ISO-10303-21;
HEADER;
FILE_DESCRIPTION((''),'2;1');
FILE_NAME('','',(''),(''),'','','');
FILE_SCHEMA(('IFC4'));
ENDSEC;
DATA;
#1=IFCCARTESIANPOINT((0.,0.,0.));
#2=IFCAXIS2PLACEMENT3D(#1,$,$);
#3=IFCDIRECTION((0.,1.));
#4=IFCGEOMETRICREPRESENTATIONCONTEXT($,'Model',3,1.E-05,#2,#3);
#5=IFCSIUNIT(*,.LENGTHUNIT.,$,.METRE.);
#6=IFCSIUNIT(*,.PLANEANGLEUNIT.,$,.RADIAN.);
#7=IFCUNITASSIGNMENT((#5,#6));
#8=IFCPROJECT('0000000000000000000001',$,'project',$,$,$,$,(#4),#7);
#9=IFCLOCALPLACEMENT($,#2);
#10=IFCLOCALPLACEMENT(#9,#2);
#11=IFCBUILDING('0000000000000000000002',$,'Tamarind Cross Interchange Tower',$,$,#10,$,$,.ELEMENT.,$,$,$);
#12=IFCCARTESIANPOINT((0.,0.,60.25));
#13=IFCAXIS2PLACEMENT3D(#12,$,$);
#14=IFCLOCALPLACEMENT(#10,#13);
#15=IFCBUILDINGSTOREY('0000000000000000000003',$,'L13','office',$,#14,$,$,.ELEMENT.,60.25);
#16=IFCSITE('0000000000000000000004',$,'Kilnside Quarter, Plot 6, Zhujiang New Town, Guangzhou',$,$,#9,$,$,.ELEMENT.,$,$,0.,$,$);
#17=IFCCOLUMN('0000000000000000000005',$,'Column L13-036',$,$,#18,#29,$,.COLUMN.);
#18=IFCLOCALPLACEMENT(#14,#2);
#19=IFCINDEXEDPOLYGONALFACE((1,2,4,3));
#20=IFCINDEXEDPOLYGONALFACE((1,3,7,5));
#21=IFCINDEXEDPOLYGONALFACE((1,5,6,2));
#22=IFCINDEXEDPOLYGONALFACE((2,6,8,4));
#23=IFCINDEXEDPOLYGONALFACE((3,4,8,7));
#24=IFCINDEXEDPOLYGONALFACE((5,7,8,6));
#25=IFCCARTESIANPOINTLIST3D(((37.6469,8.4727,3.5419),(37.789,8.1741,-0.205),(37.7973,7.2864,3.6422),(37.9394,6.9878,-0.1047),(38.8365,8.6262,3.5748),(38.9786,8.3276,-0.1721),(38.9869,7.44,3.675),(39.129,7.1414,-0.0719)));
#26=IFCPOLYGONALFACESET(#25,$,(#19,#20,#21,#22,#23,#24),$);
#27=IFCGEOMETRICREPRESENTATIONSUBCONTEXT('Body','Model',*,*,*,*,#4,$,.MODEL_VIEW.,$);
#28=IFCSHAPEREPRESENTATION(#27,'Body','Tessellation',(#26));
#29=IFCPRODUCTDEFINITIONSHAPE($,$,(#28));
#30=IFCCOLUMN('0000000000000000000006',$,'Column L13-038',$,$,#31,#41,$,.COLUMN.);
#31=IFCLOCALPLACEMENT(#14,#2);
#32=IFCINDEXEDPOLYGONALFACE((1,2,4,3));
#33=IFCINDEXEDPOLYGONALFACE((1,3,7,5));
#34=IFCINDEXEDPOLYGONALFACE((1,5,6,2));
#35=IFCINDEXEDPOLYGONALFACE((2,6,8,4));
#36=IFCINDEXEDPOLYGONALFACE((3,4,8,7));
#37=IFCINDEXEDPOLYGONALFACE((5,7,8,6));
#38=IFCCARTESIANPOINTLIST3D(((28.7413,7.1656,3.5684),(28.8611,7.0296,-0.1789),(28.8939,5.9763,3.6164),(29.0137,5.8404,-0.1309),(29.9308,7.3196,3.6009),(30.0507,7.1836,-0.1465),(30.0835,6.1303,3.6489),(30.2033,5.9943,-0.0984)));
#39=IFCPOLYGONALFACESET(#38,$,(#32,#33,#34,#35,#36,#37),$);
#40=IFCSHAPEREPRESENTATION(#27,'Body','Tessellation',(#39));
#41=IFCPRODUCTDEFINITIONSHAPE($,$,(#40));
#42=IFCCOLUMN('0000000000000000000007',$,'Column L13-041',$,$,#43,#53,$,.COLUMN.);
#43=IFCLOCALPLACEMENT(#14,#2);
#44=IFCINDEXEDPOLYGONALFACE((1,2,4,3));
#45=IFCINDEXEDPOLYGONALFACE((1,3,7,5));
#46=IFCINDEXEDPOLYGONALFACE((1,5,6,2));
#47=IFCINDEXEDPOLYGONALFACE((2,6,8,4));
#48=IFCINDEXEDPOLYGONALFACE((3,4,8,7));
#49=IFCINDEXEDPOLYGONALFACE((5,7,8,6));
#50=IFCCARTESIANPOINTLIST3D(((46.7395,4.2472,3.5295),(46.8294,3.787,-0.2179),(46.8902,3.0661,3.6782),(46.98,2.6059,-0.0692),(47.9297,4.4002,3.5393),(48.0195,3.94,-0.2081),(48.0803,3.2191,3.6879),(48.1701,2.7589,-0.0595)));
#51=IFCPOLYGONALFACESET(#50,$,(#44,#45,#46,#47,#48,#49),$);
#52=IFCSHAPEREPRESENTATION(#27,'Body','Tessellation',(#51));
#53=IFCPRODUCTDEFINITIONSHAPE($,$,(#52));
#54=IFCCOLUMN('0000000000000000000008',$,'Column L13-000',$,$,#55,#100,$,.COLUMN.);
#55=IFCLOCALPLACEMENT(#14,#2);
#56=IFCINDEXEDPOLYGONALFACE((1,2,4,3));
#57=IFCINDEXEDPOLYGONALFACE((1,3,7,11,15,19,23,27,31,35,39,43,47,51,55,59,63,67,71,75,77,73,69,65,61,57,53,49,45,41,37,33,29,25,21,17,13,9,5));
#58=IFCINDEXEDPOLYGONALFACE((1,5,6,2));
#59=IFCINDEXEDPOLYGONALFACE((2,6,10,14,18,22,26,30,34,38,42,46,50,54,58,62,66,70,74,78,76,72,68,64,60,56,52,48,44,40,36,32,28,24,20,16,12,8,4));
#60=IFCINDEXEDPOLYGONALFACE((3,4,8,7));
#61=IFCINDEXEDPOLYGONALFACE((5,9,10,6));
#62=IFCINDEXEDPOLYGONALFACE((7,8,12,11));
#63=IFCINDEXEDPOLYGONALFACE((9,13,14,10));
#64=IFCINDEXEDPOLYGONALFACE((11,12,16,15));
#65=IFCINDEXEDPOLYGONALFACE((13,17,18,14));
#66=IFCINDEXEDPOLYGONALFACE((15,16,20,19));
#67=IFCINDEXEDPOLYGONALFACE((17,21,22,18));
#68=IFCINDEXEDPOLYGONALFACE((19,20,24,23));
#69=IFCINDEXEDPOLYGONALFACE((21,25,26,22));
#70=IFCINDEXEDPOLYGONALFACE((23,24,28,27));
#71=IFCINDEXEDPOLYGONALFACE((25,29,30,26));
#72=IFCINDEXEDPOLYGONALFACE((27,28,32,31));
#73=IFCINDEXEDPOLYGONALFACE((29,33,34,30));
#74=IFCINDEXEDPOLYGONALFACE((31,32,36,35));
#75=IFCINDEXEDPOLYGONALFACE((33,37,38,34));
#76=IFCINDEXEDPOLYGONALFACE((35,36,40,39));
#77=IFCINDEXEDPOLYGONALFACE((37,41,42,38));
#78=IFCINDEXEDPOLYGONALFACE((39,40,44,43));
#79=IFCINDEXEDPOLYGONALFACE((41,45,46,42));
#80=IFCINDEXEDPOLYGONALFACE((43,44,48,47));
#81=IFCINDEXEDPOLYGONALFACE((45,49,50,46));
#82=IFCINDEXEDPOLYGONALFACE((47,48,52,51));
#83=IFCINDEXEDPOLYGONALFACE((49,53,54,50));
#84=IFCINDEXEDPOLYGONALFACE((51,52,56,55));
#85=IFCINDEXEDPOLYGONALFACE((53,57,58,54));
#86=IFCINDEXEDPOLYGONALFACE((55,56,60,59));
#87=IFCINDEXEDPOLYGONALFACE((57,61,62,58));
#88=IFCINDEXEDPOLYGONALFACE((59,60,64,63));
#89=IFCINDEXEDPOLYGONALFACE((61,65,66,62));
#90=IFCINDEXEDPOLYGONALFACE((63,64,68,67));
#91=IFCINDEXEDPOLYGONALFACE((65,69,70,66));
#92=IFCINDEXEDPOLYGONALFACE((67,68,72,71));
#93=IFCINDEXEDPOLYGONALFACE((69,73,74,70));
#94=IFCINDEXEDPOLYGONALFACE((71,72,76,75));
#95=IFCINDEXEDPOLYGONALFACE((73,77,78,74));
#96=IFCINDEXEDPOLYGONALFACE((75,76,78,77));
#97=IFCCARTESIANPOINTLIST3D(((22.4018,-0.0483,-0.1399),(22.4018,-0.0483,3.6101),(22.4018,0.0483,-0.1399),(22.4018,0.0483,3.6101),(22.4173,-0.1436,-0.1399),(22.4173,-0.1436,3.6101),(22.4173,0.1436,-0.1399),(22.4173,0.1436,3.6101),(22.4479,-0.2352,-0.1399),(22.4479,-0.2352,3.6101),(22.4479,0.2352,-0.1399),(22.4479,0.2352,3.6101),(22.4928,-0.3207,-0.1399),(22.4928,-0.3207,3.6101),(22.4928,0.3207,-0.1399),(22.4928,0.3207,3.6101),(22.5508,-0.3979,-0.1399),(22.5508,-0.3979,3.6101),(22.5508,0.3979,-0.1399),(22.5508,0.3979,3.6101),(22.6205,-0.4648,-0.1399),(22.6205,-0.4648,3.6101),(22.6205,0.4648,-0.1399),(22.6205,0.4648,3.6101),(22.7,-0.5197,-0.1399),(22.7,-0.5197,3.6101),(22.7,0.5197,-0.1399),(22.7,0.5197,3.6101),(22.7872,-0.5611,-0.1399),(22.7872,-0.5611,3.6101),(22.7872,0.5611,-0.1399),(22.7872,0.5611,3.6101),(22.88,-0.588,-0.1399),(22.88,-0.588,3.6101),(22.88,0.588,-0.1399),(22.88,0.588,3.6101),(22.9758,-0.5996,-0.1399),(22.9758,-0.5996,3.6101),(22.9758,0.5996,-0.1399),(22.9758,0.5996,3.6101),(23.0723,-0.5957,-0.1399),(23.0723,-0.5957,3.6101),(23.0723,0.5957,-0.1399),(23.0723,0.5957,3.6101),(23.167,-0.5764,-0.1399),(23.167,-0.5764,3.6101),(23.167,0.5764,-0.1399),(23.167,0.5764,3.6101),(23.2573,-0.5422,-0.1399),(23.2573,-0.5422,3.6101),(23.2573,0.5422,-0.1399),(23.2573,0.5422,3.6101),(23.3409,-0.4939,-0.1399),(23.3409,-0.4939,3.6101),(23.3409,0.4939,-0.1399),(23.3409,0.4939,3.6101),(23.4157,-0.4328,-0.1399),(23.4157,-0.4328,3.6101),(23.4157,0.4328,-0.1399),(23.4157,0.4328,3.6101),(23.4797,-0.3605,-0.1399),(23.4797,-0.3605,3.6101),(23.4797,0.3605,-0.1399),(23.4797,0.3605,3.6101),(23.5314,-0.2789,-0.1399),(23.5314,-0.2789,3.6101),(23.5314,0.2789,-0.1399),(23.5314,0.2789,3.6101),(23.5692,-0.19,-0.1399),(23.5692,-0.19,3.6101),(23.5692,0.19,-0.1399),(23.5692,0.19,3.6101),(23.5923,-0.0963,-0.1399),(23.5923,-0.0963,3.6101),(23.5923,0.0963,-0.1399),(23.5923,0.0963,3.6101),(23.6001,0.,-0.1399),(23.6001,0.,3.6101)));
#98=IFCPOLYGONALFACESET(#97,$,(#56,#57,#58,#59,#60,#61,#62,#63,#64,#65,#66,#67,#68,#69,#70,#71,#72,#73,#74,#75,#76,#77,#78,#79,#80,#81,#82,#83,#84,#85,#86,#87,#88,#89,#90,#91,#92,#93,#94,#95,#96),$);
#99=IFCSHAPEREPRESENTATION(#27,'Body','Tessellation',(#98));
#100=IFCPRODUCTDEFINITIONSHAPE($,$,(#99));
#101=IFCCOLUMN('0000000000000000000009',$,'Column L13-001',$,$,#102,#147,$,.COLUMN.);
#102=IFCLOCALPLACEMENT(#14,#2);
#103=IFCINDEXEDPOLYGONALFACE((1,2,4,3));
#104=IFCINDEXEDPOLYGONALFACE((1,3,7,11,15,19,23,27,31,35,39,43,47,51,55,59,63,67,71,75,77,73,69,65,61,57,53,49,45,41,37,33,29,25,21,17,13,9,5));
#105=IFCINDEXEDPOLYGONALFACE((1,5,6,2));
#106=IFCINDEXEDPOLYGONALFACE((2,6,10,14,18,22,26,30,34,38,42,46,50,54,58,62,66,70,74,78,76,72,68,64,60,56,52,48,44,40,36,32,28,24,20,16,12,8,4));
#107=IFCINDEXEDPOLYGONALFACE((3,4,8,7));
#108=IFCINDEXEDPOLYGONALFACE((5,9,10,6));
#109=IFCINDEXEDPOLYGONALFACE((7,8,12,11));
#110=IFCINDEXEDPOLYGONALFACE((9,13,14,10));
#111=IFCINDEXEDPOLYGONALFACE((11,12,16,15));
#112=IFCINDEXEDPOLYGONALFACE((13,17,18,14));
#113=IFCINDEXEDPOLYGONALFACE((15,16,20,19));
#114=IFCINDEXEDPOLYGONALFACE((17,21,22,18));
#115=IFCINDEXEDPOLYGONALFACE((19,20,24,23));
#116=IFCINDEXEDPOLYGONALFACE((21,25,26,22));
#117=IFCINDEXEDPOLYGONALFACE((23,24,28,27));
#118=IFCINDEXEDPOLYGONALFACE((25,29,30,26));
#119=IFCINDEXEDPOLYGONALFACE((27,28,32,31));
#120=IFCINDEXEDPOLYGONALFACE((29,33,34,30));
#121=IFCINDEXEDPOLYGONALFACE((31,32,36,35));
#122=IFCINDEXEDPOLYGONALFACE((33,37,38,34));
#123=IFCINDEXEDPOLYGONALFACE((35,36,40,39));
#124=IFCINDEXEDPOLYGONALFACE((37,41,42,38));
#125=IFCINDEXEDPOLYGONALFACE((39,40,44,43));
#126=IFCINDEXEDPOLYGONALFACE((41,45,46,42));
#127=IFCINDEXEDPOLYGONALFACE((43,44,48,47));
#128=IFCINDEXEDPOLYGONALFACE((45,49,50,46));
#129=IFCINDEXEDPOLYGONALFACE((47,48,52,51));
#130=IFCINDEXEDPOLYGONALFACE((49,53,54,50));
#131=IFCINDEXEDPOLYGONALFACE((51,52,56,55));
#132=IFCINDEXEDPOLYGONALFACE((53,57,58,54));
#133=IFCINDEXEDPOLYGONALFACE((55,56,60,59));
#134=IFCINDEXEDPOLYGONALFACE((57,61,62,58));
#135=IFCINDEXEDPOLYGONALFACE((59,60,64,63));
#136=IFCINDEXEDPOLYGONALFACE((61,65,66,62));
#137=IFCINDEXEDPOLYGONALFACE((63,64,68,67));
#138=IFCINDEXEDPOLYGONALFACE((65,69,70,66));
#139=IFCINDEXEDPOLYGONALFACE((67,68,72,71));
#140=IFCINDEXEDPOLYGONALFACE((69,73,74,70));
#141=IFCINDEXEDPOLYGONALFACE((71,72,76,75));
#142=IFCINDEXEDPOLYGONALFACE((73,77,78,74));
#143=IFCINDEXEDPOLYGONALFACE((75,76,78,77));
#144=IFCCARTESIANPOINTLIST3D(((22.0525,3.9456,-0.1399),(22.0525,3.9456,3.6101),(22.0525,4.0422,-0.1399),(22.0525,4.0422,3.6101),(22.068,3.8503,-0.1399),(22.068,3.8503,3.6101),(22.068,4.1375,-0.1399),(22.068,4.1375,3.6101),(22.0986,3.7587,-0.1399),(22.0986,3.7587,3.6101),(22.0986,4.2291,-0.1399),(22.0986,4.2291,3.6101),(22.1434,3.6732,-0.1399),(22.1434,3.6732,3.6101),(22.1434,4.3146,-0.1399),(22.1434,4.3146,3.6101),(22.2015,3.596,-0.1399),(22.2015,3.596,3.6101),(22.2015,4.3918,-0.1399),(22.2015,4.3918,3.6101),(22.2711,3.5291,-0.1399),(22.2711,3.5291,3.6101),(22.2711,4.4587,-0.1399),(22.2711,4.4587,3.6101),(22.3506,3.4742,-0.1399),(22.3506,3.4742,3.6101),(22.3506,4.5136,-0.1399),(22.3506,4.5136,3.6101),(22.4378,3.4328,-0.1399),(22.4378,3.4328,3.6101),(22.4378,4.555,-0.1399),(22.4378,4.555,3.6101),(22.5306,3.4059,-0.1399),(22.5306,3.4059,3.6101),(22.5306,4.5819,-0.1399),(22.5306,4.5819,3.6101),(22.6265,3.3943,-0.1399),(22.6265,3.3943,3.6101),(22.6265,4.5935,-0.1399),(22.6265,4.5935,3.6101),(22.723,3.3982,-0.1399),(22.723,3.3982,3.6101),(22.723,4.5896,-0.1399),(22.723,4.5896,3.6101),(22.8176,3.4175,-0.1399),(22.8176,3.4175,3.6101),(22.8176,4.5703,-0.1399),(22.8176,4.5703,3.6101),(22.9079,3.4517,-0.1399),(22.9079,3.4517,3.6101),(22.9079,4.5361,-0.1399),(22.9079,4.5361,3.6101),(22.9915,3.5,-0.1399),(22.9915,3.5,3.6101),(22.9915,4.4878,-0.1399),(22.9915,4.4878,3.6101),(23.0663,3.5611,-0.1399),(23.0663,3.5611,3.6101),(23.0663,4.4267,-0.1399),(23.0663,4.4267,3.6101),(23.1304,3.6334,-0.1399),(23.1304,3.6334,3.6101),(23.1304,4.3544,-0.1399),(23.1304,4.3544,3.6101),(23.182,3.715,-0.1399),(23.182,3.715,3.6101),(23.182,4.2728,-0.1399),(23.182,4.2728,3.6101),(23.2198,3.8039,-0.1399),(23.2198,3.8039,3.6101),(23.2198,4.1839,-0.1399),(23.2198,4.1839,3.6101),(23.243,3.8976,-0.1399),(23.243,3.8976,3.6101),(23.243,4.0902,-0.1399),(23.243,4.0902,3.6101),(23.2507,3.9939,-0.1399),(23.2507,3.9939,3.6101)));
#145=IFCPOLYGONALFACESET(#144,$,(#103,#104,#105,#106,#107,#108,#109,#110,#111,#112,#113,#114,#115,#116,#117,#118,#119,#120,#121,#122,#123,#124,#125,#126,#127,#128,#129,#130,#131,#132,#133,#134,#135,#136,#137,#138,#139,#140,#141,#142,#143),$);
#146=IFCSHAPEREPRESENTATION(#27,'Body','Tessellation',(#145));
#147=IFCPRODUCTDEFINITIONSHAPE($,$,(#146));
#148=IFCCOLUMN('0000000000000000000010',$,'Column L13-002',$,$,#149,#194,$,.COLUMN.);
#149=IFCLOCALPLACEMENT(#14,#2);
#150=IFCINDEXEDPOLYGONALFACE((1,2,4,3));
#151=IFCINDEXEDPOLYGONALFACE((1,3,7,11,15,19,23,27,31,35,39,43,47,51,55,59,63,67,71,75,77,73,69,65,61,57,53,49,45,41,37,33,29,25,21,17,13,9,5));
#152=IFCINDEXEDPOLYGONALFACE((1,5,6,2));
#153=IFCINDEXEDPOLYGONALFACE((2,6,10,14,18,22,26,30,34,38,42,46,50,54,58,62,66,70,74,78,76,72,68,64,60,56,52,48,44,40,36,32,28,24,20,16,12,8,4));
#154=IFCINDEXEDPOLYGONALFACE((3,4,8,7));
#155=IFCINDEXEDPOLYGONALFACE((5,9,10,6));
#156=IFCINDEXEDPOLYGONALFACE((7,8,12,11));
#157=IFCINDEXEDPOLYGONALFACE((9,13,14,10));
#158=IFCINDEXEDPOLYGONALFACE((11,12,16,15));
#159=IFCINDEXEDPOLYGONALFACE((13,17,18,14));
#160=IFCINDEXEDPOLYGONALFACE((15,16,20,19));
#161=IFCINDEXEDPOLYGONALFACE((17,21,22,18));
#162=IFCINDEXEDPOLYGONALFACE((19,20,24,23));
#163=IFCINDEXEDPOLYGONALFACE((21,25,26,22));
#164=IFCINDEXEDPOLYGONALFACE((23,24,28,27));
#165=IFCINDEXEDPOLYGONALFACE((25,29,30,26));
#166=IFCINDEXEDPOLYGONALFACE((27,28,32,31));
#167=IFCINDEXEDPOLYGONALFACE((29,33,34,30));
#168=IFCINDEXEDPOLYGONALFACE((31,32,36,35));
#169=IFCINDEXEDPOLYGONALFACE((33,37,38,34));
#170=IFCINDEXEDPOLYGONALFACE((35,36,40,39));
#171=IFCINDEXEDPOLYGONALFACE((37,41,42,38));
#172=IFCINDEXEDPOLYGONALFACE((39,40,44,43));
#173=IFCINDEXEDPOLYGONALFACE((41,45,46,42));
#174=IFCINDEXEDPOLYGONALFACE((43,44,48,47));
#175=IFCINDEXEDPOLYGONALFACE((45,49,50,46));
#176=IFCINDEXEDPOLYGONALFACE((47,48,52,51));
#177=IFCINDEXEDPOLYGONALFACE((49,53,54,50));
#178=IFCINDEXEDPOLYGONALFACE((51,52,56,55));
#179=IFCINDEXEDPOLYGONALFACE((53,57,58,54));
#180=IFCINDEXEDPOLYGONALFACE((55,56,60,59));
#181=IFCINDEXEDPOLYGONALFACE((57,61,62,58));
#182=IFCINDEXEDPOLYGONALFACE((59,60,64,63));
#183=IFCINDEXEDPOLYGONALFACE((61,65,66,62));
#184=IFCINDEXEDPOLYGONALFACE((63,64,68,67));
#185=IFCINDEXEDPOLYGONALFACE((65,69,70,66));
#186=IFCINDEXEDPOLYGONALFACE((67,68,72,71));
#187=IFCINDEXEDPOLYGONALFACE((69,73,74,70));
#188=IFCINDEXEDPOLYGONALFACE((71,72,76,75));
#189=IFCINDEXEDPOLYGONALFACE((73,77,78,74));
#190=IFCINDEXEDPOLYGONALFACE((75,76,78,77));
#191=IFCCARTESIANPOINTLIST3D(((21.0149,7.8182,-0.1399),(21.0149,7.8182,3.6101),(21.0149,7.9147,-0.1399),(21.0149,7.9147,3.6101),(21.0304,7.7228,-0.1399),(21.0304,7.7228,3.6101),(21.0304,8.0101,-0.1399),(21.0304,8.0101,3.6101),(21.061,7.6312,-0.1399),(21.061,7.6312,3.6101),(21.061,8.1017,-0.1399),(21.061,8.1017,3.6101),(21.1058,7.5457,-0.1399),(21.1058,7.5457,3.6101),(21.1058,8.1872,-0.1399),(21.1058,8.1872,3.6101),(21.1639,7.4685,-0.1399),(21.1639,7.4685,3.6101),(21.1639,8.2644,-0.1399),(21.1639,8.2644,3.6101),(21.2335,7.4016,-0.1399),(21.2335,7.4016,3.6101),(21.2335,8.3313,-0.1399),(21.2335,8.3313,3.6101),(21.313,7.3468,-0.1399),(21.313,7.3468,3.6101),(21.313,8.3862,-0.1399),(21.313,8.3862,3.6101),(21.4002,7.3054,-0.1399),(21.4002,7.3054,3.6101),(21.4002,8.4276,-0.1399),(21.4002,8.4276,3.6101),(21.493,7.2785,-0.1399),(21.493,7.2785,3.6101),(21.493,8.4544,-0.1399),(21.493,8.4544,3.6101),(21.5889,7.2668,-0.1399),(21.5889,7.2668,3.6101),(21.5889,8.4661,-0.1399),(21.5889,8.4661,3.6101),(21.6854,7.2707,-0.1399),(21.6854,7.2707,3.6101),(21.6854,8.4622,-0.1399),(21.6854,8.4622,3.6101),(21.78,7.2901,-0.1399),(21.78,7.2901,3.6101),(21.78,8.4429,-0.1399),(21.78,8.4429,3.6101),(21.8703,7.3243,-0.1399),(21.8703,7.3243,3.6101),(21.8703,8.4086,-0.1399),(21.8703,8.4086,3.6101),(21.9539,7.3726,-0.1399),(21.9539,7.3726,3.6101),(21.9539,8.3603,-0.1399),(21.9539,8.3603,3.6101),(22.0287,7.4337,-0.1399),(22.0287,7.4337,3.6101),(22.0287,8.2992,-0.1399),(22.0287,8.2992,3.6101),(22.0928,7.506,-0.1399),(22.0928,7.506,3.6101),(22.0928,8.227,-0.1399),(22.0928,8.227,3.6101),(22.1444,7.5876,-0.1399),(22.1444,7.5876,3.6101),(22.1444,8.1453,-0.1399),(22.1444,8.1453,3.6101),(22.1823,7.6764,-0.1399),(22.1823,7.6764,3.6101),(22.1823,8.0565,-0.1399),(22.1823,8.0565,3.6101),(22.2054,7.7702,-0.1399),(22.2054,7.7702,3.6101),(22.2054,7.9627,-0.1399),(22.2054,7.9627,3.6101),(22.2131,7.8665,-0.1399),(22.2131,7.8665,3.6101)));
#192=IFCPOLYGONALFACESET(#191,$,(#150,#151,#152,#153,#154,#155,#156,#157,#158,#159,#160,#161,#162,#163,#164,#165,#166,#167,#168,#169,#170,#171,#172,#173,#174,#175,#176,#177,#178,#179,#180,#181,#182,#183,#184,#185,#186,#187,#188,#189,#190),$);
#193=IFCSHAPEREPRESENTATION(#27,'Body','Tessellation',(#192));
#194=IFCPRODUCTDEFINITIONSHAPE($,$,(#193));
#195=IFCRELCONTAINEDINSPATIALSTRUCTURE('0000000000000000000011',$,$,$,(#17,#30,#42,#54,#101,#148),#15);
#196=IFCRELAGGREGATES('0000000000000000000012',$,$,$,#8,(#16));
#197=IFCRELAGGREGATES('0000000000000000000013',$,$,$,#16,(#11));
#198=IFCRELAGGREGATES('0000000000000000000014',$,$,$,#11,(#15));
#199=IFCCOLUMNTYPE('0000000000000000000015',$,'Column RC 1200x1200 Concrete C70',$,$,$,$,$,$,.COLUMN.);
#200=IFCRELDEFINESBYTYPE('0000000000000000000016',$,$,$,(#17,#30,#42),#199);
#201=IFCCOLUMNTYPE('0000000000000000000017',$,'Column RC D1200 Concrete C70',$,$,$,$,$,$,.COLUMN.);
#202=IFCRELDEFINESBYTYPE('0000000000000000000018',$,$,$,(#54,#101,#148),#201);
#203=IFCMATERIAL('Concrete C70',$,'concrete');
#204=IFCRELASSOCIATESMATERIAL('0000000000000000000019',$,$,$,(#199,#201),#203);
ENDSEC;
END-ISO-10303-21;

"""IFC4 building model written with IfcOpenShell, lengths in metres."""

from ifc_helpers import new_model, si_unit, direction, frame, origin, origin_2d, place, context, subcontext, project, spatial, rectangle, circle, extrude, material, material_profile, profile_set, type_object, element, save


model = new_model("IFC4")

# Units and contexts
model_context = context("Model", 3, precision=1e-05, world=origin(), true_north=direction((0.0, 1.0)))
body_context = subcontext(model_context, "Body", "Model", "MODEL_VIEW")
ifc_project = project(units=[si_unit("LENGTHUNIT", "METRE"), si_unit("PLANEANGLEUNIT", "RADIAN")], contexts=[model_context])

# Site, building, storey
site_placement = place(None, origin())
site = spatial("IfcSite", under=ifc_project, at=site_placement, Name="Kilnside Quarter, Plot 6, Zhujiang New Town, Guangzhou", CompositionType="ELEMENT", RefElevation=0.0)
building_placement = place(site_placement, origin())
building = spatial("IfcBuilding", under=site, at=building_placement, Name="Tamarind Cross Interchange Tower", CompositionType="ELEMENT")
storey_placement = place(building_placement, frame((0.0, 0.0, 60.25)))
storey = spatial("IfcBuildingStorey", under=building, at=storey_placement, Name="L13", Description="office", CompositionType="ELEMENT", Elevation=60.25)

# Columns
ifc_material_1 = material(Name="Concrete C70", Category="concrete")
ifc_material_profile_1 = material_profile(ifc_material_1, rectangle(XDim=1.2, YDim=1.2, at=origin_2d()), Name="RC 1200x1200")
ifc_profile_set_1 = profile_set([ifc_material_profile_1], Name="Concrete C70")
column_type_1 = type_object("IfcColumnType", Name="Column RC 1200x1200 Concrete C70", PredefinedType="COLUMN", material=ifc_profile_set_1)
column_1_placement = place(storey_placement, frame((38.459, 7.6577, -0.1384), z_axis=(-0.037776, 0.079381, 0.996128), x_axis=(0.12531, -0.988595, 0.083533)))
element("IfcColumn", 1, at=column_1_placement, inside=storey, type_object=column_type_1, Name="Column L13-036", PredefinedType="COLUMN", context=body_context, shape_type="SweptSolid", body=[
    extrude(rectangle(XDim=1.2, YDim=1.2, at=origin_2d()), origin(), (0.0, 0.0, 1.0), 3.7615),
])
column_2_placement = place(storey_placement, frame((29.5322, 6.512, -0.1387), z_axis=(-0.031952, 0.036247, 0.998832), x_axis=(0.127179, -0.991072, 0.040033)))
element("IfcColumn", 2, at=column_2_placement, inside=storey, type_object=column_type_1, Name="Column L13-038", PredefinedType="COLUMN", context=body_context, shape_type="SweptSolid", body=[
    extrude(rectangle(XDim=1.2, YDim=1.2, at=origin_2d()), origin(), (0.0, 0.0, 1.0), 3.7517),
])
column_3_placement = place(storey_placement, frame((47.4998, 3.2729, -0.1387), z_axis=(-0.02379, 0.121859, 0.992262), x_axis=(0.125528, -0.984324, 0.123894)))
element("IfcColumn", 3, at=column_3_placement, inside=storey, type_object=column_type_1, Name="Column L13-041", PredefinedType="COLUMN", context=body_context, shape_type="SweptSolid", body=[
    extrude(rectangle(XDim=1.2, YDim=1.2, at=origin_2d()), origin(), (0.0, 0.0, 1.0), 3.7766),
])
ifc_material_profile_2 = material_profile(ifc_material_1, circle(Radius=0.6001, at=origin_2d()), Name="RC D1200")
ifc_profile_set_2 = profile_set([ifc_material_profile_2], Name="Concrete C70")
column_type_2 = type_object("IfcColumnType", Name="Column RC D1200 Concrete C70", PredefinedType="COLUMN", material=ifc_profile_set_2)
for number, where, z_axis, x_axis, name in (
    (4, (23.0, 0.0, -0.1399), (0.0, 0.0, 1.0), (1.0, 0.0, 0.0), "Column L13-000"),
    (5, (22.6506, 3.9939, -0.1399), (0.0, 0.0, 1.0), (1.0, 0.0, 0.0), "Column L13-001"),
    (6, (21.613, 7.8665, -0.1399), (0.0, 0.0, 1.0), (1.0, 0.0, 0.0), "Column L13-002"),
):
    element("IfcColumn", number, at=place(storey_placement, frame(where, z_axis=z_axis, x_axis=x_axis)), inside=storey, type_object=column_type_2, Name=name, PredefinedType="COLUMN", context=body_context, shape_type="SweptSolid", body=[
        extrude(circle(Radius=0.6001, at=origin_2d()), origin(), (0.0, 0.0, 1.0), 3.75),
    ])

save(model, "model.ifc")
